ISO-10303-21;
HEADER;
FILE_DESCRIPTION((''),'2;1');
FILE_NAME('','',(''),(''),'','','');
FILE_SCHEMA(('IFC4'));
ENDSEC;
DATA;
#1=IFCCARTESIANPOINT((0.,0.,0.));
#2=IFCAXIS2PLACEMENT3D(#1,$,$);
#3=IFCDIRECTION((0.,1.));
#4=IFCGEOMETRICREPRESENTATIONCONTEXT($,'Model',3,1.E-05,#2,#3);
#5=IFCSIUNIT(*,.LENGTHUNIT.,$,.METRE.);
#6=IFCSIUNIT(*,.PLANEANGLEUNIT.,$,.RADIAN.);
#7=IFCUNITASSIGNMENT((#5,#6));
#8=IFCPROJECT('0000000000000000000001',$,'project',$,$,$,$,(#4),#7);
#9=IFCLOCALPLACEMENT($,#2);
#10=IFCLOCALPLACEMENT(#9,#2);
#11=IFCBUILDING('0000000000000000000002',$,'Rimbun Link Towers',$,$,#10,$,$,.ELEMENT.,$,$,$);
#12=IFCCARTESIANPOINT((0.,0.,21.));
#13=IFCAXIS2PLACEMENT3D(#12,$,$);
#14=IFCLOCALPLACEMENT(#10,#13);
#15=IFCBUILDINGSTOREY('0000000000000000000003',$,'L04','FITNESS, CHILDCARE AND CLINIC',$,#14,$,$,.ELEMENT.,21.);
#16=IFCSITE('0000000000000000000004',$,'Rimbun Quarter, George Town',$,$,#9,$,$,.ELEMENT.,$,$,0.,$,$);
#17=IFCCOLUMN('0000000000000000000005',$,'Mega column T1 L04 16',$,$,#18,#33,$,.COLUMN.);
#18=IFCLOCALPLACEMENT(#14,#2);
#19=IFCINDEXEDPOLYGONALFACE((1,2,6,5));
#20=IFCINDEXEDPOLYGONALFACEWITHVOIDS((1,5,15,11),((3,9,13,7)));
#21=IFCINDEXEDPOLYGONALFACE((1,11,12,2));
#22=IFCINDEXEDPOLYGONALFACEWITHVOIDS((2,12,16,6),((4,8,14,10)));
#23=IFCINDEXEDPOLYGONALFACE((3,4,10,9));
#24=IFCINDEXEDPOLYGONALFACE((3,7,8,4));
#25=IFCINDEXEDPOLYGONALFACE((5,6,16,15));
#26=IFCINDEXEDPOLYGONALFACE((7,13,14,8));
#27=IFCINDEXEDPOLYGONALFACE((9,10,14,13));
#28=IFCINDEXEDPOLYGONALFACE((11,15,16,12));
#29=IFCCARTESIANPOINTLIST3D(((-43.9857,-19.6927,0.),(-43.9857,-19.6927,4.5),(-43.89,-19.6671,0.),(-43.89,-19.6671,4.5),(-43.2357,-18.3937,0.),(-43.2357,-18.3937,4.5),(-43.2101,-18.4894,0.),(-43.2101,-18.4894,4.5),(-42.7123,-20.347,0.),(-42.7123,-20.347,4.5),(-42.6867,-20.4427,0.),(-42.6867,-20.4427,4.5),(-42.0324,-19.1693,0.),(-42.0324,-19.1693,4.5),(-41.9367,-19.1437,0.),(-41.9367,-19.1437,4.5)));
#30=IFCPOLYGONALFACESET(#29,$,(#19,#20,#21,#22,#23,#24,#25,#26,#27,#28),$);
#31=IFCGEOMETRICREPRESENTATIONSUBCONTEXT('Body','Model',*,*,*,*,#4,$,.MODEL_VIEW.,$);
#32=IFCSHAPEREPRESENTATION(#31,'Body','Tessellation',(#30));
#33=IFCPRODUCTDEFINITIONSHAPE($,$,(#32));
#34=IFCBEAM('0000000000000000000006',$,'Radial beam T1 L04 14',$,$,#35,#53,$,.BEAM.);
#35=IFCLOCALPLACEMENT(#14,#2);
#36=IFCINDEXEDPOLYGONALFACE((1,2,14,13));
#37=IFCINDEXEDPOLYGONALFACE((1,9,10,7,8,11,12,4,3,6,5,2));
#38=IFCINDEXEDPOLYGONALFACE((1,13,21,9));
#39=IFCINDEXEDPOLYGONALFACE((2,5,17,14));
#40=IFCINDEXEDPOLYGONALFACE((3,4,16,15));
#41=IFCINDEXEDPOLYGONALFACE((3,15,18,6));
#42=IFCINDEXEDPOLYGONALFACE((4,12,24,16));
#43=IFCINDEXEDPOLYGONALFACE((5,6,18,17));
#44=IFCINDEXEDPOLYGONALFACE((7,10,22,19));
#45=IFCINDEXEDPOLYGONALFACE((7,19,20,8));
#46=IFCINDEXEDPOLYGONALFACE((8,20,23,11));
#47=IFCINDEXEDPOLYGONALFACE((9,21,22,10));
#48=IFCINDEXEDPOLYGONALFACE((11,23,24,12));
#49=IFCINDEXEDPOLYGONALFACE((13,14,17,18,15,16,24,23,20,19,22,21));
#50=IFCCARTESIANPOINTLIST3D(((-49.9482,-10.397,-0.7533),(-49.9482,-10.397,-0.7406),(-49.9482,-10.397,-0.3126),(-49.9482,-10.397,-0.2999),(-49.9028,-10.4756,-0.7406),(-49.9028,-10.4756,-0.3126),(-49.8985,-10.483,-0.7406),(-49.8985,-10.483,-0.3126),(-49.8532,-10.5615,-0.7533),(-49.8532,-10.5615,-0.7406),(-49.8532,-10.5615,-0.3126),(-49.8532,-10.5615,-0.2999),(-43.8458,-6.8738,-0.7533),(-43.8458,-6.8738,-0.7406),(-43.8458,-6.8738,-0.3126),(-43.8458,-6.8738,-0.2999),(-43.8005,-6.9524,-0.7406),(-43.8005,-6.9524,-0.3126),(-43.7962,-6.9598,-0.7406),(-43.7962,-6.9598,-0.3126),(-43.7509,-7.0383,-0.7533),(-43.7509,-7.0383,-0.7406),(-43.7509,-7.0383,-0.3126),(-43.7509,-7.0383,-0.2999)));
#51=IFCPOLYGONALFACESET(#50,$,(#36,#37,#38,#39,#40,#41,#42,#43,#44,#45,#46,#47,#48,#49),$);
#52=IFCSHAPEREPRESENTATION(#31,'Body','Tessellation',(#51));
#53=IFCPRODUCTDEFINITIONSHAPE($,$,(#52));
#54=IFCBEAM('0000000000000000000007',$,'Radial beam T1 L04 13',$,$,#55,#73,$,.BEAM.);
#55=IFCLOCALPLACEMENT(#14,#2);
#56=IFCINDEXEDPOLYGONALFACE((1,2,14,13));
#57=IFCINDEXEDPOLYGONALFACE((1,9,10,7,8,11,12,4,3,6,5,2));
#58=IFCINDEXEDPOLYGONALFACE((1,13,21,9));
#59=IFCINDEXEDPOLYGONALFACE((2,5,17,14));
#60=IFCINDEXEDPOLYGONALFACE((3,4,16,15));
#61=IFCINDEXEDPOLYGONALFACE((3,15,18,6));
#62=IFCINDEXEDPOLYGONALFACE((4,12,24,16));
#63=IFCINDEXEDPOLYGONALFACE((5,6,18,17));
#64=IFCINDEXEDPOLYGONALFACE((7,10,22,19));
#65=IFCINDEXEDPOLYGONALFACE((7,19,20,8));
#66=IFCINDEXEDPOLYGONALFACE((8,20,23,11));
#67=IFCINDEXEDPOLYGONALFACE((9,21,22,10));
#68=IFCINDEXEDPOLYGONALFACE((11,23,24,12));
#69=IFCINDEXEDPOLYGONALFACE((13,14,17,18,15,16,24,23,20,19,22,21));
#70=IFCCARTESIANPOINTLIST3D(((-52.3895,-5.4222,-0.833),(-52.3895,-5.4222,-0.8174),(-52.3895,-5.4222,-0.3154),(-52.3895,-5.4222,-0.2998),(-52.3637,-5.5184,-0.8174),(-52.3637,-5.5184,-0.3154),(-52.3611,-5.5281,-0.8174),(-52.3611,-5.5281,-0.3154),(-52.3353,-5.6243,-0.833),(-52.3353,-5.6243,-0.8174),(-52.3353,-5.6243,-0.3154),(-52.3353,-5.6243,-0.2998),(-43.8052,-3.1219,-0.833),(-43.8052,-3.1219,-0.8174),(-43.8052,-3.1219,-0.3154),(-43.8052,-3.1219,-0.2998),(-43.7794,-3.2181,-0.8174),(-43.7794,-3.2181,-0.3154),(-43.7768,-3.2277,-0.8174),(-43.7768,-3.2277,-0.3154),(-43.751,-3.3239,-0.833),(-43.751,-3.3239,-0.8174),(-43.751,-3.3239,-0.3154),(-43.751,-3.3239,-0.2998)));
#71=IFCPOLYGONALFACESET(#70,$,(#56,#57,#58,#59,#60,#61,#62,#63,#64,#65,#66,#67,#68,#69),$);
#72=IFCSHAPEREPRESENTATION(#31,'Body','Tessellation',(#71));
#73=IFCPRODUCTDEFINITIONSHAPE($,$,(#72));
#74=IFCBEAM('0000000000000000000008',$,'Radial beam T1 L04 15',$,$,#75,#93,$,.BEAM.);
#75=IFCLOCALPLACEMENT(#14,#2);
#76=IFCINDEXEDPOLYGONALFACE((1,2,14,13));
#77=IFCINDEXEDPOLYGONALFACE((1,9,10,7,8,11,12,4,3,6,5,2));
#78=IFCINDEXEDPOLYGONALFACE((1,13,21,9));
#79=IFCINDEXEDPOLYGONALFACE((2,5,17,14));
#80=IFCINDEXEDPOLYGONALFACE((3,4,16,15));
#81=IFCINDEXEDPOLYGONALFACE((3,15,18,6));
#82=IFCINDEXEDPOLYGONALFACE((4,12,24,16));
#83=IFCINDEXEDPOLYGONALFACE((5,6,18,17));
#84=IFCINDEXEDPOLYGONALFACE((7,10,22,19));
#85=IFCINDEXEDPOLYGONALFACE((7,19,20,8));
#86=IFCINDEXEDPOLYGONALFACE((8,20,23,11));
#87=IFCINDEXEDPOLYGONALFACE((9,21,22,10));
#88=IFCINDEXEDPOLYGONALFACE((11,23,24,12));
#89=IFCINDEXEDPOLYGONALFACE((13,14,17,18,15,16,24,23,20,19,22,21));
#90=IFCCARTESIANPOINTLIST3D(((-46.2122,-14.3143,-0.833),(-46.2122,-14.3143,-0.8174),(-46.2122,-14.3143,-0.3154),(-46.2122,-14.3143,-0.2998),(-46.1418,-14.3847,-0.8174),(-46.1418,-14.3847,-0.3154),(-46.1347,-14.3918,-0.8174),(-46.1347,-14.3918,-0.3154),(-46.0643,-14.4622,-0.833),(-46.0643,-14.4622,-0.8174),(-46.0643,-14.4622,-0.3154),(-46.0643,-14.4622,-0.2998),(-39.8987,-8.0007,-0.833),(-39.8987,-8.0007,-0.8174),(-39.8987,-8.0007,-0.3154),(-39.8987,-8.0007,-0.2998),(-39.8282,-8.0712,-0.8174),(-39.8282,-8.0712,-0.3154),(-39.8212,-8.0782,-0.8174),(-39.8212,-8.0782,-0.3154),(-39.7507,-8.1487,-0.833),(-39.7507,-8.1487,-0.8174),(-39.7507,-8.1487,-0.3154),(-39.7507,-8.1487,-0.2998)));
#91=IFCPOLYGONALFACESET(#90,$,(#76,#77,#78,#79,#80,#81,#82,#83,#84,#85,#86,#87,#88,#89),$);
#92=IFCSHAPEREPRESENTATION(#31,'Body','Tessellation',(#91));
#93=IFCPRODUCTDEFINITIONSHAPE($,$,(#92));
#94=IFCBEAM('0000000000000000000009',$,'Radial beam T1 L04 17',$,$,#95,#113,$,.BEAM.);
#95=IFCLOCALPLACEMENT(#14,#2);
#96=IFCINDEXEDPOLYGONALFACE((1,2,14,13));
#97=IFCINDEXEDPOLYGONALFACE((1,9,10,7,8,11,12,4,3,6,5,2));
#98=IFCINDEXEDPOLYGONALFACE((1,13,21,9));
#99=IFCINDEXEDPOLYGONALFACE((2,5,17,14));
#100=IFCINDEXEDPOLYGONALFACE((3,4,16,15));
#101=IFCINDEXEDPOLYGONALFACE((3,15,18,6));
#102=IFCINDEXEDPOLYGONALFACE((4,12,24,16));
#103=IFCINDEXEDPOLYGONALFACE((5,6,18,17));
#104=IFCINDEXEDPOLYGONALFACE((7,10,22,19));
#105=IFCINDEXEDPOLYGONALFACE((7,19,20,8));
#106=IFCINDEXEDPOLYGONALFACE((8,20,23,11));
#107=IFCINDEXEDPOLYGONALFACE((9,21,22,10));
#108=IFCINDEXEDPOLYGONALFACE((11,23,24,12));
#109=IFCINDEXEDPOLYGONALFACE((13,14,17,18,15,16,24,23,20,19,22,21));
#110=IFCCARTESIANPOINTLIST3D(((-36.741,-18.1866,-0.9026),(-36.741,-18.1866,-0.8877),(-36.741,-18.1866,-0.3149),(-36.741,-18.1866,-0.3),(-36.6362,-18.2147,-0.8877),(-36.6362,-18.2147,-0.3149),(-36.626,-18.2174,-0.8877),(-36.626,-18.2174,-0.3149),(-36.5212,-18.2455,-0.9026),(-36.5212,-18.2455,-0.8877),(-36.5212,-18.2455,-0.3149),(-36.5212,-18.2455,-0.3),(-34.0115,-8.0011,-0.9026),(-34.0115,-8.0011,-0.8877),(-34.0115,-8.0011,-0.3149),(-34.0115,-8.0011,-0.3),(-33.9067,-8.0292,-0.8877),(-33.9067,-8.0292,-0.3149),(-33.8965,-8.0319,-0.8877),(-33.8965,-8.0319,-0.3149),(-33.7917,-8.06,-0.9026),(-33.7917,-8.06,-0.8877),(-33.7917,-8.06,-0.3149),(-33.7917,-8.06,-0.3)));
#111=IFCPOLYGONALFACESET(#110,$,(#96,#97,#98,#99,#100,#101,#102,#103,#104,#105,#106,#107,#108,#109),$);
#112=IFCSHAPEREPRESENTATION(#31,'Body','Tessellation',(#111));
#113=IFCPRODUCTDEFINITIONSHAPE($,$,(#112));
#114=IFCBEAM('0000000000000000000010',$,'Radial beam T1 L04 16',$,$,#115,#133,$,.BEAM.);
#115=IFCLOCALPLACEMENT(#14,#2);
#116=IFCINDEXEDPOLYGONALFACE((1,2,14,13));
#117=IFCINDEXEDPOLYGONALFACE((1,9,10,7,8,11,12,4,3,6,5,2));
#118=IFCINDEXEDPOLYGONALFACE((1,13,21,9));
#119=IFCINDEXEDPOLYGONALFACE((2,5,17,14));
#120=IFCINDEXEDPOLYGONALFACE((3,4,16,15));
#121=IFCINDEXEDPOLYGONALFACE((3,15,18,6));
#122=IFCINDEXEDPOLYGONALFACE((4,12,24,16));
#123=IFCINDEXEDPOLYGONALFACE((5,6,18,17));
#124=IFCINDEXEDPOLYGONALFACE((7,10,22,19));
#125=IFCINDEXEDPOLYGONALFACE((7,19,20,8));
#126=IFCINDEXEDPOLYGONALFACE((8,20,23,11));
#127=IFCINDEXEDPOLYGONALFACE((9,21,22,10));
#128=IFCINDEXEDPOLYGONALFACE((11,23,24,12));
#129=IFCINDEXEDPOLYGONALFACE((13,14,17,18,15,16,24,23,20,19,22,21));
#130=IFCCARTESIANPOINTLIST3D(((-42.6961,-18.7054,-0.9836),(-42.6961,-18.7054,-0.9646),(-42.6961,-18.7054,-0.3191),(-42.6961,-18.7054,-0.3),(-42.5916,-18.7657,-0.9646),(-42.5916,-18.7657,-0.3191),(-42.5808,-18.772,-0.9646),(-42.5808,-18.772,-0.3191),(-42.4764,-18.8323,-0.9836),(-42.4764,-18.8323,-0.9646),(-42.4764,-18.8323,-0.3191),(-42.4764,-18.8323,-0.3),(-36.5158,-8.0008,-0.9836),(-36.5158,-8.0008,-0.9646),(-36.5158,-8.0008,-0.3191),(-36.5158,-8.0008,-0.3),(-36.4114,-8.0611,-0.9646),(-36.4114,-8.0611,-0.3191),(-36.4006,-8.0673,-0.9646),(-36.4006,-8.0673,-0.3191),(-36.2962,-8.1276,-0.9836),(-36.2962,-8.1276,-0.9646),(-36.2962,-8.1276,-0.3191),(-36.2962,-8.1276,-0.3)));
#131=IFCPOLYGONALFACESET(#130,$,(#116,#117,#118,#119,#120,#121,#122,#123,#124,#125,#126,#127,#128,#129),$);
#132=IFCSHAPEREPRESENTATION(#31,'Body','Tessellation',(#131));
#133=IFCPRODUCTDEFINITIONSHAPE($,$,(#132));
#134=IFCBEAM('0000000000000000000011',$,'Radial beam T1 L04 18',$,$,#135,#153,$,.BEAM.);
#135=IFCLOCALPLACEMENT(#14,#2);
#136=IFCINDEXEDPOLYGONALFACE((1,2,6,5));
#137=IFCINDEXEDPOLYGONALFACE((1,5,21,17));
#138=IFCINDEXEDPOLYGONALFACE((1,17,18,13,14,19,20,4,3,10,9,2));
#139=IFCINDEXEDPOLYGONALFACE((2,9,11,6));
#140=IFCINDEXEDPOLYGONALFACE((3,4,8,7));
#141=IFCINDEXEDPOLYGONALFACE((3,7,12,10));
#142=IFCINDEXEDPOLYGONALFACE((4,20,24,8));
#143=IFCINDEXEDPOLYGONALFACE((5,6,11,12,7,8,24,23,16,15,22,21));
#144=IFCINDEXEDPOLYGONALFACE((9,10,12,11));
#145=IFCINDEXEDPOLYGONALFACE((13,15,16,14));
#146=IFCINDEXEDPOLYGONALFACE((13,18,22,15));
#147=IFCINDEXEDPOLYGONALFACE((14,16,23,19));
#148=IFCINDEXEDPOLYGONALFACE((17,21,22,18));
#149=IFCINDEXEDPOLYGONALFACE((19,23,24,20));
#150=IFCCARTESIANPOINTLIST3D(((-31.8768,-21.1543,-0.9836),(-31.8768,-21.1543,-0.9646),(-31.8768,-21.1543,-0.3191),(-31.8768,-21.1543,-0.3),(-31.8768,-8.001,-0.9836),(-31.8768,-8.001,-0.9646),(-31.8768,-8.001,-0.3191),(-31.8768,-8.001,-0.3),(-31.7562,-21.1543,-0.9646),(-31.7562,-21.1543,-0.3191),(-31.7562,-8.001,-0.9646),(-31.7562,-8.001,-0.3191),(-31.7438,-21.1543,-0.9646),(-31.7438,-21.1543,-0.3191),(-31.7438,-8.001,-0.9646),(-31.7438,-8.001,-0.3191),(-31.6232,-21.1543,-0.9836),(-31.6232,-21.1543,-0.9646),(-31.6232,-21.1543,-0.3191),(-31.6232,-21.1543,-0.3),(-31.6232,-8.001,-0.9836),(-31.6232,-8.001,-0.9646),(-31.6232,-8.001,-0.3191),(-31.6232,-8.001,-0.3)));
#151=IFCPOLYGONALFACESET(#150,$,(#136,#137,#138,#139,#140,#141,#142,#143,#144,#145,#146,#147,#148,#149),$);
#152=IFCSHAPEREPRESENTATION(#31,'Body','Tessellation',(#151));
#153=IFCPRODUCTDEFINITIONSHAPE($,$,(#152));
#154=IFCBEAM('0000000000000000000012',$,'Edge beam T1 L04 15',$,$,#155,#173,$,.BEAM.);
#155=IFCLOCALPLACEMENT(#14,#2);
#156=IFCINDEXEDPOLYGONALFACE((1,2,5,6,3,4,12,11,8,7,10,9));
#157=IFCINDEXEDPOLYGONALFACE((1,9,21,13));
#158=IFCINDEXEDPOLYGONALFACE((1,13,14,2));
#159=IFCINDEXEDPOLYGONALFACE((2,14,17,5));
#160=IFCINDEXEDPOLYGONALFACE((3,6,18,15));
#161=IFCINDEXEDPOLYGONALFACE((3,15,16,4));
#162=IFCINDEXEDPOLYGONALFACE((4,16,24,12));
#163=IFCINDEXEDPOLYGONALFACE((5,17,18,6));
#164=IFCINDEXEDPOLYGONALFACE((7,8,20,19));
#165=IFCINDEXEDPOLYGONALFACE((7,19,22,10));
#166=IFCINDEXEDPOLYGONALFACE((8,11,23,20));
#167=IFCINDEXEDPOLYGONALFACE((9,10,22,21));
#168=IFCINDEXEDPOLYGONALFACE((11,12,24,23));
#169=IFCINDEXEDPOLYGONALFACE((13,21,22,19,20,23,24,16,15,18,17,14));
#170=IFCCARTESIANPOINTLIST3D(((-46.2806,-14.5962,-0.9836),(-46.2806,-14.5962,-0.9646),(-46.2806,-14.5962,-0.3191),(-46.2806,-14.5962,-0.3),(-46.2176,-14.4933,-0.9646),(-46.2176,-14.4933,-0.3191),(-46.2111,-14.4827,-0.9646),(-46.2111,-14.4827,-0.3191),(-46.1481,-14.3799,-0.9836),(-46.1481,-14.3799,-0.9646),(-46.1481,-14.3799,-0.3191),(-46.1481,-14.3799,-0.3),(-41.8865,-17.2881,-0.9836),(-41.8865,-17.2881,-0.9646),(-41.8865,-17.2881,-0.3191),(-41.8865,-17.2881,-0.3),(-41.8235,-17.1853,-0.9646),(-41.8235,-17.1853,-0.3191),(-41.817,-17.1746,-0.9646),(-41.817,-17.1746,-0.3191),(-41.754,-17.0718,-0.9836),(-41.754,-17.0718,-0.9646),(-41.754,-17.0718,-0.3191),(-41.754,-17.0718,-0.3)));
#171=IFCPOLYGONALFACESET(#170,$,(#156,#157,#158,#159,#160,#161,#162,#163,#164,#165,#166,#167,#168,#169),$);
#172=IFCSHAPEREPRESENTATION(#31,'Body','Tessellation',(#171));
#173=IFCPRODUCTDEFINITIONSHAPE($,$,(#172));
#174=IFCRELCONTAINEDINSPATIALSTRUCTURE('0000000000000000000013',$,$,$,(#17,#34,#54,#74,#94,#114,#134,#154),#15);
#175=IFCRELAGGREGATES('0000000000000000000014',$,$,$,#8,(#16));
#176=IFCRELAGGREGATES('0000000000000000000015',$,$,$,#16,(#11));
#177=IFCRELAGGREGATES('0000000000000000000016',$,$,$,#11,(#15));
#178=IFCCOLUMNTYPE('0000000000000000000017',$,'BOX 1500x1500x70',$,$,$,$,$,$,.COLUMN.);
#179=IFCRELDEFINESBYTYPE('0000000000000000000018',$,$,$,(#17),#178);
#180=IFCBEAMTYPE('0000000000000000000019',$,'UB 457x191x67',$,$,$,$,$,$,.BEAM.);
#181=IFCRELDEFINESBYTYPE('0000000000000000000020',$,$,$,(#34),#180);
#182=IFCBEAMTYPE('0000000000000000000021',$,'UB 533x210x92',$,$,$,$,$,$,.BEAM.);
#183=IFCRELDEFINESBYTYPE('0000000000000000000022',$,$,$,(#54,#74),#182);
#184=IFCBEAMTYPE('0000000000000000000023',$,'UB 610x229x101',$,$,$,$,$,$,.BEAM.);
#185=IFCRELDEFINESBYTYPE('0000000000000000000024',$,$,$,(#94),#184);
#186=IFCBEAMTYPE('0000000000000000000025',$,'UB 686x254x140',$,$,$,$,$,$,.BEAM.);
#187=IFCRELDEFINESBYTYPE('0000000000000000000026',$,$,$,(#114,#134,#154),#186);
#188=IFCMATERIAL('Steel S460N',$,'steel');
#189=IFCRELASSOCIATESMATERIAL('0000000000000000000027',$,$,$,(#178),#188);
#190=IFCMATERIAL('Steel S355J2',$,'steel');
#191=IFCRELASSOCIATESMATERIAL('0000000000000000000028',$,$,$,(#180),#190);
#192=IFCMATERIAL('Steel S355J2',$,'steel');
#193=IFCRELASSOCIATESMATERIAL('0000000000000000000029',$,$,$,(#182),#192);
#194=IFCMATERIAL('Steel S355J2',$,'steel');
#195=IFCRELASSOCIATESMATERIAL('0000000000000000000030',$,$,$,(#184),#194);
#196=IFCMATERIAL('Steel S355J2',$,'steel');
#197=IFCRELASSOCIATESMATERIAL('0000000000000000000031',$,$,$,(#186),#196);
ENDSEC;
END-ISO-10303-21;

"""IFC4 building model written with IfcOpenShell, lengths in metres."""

from ifc_helpers import new_model, si_unit, direction, frame, origin, origin_2d, place, context, subcontext, project, spatial, hollow_rectangle, i_section, extrude, material, material_profile, profile_set, type_object, element, save


model = new_model("IFC4")

# Units and contexts
model_context = context("Model", 3, precision=1e-05, world=origin(), true_north=direction((0.0, 1.0)))
body_context = subcontext(model_context, "Body", "Model", "MODEL_VIEW")
ifc_project = project(units=[si_unit("LENGTHUNIT", "METRE"), si_unit("PLANEANGLEUNIT", "RADIAN")], contexts=[model_context])

# Site, building, storey
site_placement = place(None, origin())
site = spatial("IfcSite", under=ifc_project, at=site_placement, Name="Rimbun Quarter, George Town", CompositionType="ELEMENT", RefElevation=0.0)
building_placement = place(site_placement, origin())
building = spatial("IfcBuilding", under=site, at=building_placement, Name="Rimbun Link Towers", CompositionType="ELEMENT")
storey_placement = place(building_placement, frame((0.0, 0.0, 21.0)))
storey = spatial("IfcBuildingStorey", under=building, at=storey_placement, Name="L04", Description="FITNESS, CHILDCARE AND CLINIC", CompositionType="ELEMENT", Elevation=21.0)

# Column
ifc_material_1 = material(Name="Steel S460N", Category="steel")
ifc_material_profile_1 = material_profile(ifc_material_1, hollow_rectangle(XDim=1.5, YDim=1.5, WallThickness=0.0701, at=origin_2d()), Name="BOX 1500x1500x70")
ifc_profile_set_1 = profile_set([ifc_material_profile_1], Name="Steel S460N")
column_type = type_object("IfcColumnType", Name="BOX 1500x1500x70", PredefinedType="COLUMN", material=ifc_profile_set_1)
column_placement = place(storey_placement, frame((-42.9612, -19.4182, 0.0), z_axis=(0.0, 0.0, 1.0), x_axis=(-0.5, -0.866025, 0.0)))
element("IfcColumn", 1, at=column_placement, inside=storey, type_object=column_type, Name="Mega column T1 L04 16", PredefinedType="COLUMN", context=body_context, shape_type="SweptSolid", body=[
    extrude(hollow_rectangle(XDim=1.5, YDim=1.5, WallThickness=0.0701, at=origin_2d()), origin(), (0.0, 0.0, 1.0), 4.5),
])

# Beams
ifc_material_2 = material(Name="Steel S355J2", Category="steel")
ifc_material_profile_2 = material_profile(ifc_material_2, i_section(OverallWidth=0.1899, OverallDepth=0.4534, WebThickness=0.0085, FlangeThickness=0.0127, at=origin_2d()), Name="UB 457x191x67")
ifc_profile_set_2 = profile_set([ifc_material_profile_2], Name="Steel S355J2")
beam_type_1 = type_object("IfcBeamType", Name="UB 457x191x67", PredefinedType="BEAM", material=ifc_profile_set_2)
beam_1_placement = place(storey_placement, frame((-43.7983, -6.9561, -0.5266), z_axis=(-0.866023, -0.500003, 0.0), x_axis=(0.500003, -0.866023, 0.0)))
element("IfcBeam", 2, at=beam_1_placement, inside=storey, type_object=beam_type_1, Name="Radial beam T1 L04 14", PredefinedType="BEAM", context=body_context, shape_type="SweptSolid", body=[
    extrude(i_section(OverallWidth=0.1899, OverallDepth=0.4534, WebThickness=0.0085, FlangeThickness=0.0127, at=origin_2d()), origin(), (0.0, 0.0, 1.0), 7.0464),
])
ifc_material_3 = material(Name="Steel S355J2", Category="steel")
ifc_material_profile_3 = material_profile(ifc_material_3, i_section(OverallWidth=0.2092, OverallDepth=0.5332, WebThickness=0.01, FlangeThickness=0.0156, at=origin_2d()), Name="UB 533x210x92")
ifc_profile_set_3 = profile_set([ifc_material_profile_3], Name="Steel S355J2")
beam_type_2 = type_object("IfcBeamType", Name="UB 533x210x92", PredefinedType="BEAM", material=ifc_profile_set_3)
beam_2_placement = place(storey_placement, frame((-43.7781, -3.2229, -0.5664), z_axis=(-0.965921, -0.258835, 0.0), x_axis=(0.258835, -0.965921, 0.0)))
element("IfcBeam", 3, at=beam_2_placement, inside=storey, type_object=beam_type_2, Name="Radial beam T1 L04 13", PredefinedType="BEAM", context=body_context, shape_type="SweptSolid", body=[
    extrude(i_section(OverallWidth=0.2092, OverallDepth=0.5332, WebThickness=0.01, FlangeThickness=0.0156, at=origin_2d()), origin(), (0.0, 0.0, 1.0), 8.8872),
])
beam_3_placement = place(storey_placement, frame((-39.8247, -8.0747, -0.5664), z_axis=(-0.707107, -0.707107, 0.0), x_axis=(0.707107, -0.707107, 0.0)))
element("IfcBeam", 4, at=beam_3_placement, inside=storey, type_object=beam_type_2, Name="Radial beam T1 L04 15", PredefinedType="BEAM", context=body_context, shape_type="SweptSolid", body=[
    extrude(i_section(OverallWidth=0.2092, OverallDepth=0.5332, WebThickness=0.01, FlangeThickness=0.0156, at=origin_2d()), origin(), (0.0, 0.0, 1.0), 8.9287),
])
ifc_material_4 = material(Name="Steel S355J2", Category="steel")
ifc_material_profile_4 = material_profile(ifc_material_4, i_section(OverallWidth=0.2275, OverallDepth=0.6025, WebThickness=0.0105, FlangeThickness=0.0149, at=origin_2d()), Name="UB 610x229x101")
ifc_profile_set_4 = profile_set([ifc_material_profile_4], Name="Steel S355J2")
beam_type_3 = type_object("IfcBeamType", Name="UB 610x229x101", PredefinedType="BEAM", material=ifc_profile_set_4)
beam_4_placement = place(storey_placement, frame((-33.9016, -8.0305, -0.6013), z_axis=(-0.258844, -0.965919, 0.0), x_axis=(0.965919, -0.258844, 0.0)))
element("IfcBeam", 5, at=beam_4_placement, inside=storey, type_object=beam_type_3, Name="Radial beam T1 L04 17", PredefinedType="BEAM", context=body_context, shape_type="SweptSolid", body=[
    extrude(i_section(OverallWidth=0.2275, OverallDepth=0.6025, WebThickness=0.0105, FlangeThickness=0.0149, at=origin_2d()), origin(), (0.0, 0.0, 1.0), 10.5449),
])
ifc_material_5 = material(Name="Steel S355J2", Category="steel")
ifc_material_profile_5 = material_profile(ifc_material_5, i_section(OverallWidth=0.2537, OverallDepth=0.6836, WebThickness=0.0125, FlangeThickness=0.019, at=origin_2d()), Name="UB 686x254x140")
ifc_profile_set_5 = profile_set([ifc_material_profile_5], Name="Steel S355J2")
beam_type_4 = type_object("IfcBeamType", Name="UB 686x254x140", PredefinedType="BEAM", material=ifc_profile_set_5)
beam_5_placement = place(storey_placement, frame((-36.406, -8.0642, -0.6418), z_axis=(-0.499993, -0.86603, 0.0), x_axis=(0.86603, -0.499993, 0.0)))
element("IfcBeam", 6, at=beam_5_placement, inside=storey, type_object=beam_type_4, Name="Radial beam T1 L04 16", PredefinedType="BEAM", context=body_context, shape_type="SweptSolid", body=[
    extrude(i_section(OverallWidth=0.2537, OverallDepth=0.6836, WebThickness=0.0125, FlangeThickness=0.019, at=origin_2d()), origin(), (0.0, 0.0, 1.0), 12.3606),
])
beam_6_placement = place(storey_placement, frame((-31.75, -8.001, -0.6418), z_axis=(0.0, -1.0, 0.0), x_axis=(1.0, 0.0, 0.0)))
element("IfcBeam", 7, at=beam_6_placement, inside=storey, type_object=beam_type_4, Name="Radial beam T1 L04 18", PredefinedType="BEAM", context=body_context, shape_type="SweptSolid", body=[
    extrude(i_section(OverallWidth=0.2537, OverallDepth=0.6836, WebThickness=0.0125, FlangeThickness=0.019, at=origin_2d()), origin(), (0.0, 0.0, 1.0), 13.1533),
])
beam_7_placement = place(storey_placement, frame((-46.2144, -14.488, -0.6418), z_axis=(0.852707, -0.522389, 0.0), x_axis=(0.522389, 0.852707, 0.0)))
element("IfcBeam", 8, at=beam_7_placement, inside=storey, type_object=beam_type_4, Name="Edge beam T1 L04 15", PredefinedType="BEAM", context=body_context, shape_type="SweptSolid", body=[
    extrude(i_section(OverallWidth=0.2537, OverallDepth=0.6836, WebThickness=0.0125, FlangeThickness=0.019, at=origin_2d()), origin(), (0.0, 0.0, 1.0), 5.1531),
])

save(model, "model.ifc")
